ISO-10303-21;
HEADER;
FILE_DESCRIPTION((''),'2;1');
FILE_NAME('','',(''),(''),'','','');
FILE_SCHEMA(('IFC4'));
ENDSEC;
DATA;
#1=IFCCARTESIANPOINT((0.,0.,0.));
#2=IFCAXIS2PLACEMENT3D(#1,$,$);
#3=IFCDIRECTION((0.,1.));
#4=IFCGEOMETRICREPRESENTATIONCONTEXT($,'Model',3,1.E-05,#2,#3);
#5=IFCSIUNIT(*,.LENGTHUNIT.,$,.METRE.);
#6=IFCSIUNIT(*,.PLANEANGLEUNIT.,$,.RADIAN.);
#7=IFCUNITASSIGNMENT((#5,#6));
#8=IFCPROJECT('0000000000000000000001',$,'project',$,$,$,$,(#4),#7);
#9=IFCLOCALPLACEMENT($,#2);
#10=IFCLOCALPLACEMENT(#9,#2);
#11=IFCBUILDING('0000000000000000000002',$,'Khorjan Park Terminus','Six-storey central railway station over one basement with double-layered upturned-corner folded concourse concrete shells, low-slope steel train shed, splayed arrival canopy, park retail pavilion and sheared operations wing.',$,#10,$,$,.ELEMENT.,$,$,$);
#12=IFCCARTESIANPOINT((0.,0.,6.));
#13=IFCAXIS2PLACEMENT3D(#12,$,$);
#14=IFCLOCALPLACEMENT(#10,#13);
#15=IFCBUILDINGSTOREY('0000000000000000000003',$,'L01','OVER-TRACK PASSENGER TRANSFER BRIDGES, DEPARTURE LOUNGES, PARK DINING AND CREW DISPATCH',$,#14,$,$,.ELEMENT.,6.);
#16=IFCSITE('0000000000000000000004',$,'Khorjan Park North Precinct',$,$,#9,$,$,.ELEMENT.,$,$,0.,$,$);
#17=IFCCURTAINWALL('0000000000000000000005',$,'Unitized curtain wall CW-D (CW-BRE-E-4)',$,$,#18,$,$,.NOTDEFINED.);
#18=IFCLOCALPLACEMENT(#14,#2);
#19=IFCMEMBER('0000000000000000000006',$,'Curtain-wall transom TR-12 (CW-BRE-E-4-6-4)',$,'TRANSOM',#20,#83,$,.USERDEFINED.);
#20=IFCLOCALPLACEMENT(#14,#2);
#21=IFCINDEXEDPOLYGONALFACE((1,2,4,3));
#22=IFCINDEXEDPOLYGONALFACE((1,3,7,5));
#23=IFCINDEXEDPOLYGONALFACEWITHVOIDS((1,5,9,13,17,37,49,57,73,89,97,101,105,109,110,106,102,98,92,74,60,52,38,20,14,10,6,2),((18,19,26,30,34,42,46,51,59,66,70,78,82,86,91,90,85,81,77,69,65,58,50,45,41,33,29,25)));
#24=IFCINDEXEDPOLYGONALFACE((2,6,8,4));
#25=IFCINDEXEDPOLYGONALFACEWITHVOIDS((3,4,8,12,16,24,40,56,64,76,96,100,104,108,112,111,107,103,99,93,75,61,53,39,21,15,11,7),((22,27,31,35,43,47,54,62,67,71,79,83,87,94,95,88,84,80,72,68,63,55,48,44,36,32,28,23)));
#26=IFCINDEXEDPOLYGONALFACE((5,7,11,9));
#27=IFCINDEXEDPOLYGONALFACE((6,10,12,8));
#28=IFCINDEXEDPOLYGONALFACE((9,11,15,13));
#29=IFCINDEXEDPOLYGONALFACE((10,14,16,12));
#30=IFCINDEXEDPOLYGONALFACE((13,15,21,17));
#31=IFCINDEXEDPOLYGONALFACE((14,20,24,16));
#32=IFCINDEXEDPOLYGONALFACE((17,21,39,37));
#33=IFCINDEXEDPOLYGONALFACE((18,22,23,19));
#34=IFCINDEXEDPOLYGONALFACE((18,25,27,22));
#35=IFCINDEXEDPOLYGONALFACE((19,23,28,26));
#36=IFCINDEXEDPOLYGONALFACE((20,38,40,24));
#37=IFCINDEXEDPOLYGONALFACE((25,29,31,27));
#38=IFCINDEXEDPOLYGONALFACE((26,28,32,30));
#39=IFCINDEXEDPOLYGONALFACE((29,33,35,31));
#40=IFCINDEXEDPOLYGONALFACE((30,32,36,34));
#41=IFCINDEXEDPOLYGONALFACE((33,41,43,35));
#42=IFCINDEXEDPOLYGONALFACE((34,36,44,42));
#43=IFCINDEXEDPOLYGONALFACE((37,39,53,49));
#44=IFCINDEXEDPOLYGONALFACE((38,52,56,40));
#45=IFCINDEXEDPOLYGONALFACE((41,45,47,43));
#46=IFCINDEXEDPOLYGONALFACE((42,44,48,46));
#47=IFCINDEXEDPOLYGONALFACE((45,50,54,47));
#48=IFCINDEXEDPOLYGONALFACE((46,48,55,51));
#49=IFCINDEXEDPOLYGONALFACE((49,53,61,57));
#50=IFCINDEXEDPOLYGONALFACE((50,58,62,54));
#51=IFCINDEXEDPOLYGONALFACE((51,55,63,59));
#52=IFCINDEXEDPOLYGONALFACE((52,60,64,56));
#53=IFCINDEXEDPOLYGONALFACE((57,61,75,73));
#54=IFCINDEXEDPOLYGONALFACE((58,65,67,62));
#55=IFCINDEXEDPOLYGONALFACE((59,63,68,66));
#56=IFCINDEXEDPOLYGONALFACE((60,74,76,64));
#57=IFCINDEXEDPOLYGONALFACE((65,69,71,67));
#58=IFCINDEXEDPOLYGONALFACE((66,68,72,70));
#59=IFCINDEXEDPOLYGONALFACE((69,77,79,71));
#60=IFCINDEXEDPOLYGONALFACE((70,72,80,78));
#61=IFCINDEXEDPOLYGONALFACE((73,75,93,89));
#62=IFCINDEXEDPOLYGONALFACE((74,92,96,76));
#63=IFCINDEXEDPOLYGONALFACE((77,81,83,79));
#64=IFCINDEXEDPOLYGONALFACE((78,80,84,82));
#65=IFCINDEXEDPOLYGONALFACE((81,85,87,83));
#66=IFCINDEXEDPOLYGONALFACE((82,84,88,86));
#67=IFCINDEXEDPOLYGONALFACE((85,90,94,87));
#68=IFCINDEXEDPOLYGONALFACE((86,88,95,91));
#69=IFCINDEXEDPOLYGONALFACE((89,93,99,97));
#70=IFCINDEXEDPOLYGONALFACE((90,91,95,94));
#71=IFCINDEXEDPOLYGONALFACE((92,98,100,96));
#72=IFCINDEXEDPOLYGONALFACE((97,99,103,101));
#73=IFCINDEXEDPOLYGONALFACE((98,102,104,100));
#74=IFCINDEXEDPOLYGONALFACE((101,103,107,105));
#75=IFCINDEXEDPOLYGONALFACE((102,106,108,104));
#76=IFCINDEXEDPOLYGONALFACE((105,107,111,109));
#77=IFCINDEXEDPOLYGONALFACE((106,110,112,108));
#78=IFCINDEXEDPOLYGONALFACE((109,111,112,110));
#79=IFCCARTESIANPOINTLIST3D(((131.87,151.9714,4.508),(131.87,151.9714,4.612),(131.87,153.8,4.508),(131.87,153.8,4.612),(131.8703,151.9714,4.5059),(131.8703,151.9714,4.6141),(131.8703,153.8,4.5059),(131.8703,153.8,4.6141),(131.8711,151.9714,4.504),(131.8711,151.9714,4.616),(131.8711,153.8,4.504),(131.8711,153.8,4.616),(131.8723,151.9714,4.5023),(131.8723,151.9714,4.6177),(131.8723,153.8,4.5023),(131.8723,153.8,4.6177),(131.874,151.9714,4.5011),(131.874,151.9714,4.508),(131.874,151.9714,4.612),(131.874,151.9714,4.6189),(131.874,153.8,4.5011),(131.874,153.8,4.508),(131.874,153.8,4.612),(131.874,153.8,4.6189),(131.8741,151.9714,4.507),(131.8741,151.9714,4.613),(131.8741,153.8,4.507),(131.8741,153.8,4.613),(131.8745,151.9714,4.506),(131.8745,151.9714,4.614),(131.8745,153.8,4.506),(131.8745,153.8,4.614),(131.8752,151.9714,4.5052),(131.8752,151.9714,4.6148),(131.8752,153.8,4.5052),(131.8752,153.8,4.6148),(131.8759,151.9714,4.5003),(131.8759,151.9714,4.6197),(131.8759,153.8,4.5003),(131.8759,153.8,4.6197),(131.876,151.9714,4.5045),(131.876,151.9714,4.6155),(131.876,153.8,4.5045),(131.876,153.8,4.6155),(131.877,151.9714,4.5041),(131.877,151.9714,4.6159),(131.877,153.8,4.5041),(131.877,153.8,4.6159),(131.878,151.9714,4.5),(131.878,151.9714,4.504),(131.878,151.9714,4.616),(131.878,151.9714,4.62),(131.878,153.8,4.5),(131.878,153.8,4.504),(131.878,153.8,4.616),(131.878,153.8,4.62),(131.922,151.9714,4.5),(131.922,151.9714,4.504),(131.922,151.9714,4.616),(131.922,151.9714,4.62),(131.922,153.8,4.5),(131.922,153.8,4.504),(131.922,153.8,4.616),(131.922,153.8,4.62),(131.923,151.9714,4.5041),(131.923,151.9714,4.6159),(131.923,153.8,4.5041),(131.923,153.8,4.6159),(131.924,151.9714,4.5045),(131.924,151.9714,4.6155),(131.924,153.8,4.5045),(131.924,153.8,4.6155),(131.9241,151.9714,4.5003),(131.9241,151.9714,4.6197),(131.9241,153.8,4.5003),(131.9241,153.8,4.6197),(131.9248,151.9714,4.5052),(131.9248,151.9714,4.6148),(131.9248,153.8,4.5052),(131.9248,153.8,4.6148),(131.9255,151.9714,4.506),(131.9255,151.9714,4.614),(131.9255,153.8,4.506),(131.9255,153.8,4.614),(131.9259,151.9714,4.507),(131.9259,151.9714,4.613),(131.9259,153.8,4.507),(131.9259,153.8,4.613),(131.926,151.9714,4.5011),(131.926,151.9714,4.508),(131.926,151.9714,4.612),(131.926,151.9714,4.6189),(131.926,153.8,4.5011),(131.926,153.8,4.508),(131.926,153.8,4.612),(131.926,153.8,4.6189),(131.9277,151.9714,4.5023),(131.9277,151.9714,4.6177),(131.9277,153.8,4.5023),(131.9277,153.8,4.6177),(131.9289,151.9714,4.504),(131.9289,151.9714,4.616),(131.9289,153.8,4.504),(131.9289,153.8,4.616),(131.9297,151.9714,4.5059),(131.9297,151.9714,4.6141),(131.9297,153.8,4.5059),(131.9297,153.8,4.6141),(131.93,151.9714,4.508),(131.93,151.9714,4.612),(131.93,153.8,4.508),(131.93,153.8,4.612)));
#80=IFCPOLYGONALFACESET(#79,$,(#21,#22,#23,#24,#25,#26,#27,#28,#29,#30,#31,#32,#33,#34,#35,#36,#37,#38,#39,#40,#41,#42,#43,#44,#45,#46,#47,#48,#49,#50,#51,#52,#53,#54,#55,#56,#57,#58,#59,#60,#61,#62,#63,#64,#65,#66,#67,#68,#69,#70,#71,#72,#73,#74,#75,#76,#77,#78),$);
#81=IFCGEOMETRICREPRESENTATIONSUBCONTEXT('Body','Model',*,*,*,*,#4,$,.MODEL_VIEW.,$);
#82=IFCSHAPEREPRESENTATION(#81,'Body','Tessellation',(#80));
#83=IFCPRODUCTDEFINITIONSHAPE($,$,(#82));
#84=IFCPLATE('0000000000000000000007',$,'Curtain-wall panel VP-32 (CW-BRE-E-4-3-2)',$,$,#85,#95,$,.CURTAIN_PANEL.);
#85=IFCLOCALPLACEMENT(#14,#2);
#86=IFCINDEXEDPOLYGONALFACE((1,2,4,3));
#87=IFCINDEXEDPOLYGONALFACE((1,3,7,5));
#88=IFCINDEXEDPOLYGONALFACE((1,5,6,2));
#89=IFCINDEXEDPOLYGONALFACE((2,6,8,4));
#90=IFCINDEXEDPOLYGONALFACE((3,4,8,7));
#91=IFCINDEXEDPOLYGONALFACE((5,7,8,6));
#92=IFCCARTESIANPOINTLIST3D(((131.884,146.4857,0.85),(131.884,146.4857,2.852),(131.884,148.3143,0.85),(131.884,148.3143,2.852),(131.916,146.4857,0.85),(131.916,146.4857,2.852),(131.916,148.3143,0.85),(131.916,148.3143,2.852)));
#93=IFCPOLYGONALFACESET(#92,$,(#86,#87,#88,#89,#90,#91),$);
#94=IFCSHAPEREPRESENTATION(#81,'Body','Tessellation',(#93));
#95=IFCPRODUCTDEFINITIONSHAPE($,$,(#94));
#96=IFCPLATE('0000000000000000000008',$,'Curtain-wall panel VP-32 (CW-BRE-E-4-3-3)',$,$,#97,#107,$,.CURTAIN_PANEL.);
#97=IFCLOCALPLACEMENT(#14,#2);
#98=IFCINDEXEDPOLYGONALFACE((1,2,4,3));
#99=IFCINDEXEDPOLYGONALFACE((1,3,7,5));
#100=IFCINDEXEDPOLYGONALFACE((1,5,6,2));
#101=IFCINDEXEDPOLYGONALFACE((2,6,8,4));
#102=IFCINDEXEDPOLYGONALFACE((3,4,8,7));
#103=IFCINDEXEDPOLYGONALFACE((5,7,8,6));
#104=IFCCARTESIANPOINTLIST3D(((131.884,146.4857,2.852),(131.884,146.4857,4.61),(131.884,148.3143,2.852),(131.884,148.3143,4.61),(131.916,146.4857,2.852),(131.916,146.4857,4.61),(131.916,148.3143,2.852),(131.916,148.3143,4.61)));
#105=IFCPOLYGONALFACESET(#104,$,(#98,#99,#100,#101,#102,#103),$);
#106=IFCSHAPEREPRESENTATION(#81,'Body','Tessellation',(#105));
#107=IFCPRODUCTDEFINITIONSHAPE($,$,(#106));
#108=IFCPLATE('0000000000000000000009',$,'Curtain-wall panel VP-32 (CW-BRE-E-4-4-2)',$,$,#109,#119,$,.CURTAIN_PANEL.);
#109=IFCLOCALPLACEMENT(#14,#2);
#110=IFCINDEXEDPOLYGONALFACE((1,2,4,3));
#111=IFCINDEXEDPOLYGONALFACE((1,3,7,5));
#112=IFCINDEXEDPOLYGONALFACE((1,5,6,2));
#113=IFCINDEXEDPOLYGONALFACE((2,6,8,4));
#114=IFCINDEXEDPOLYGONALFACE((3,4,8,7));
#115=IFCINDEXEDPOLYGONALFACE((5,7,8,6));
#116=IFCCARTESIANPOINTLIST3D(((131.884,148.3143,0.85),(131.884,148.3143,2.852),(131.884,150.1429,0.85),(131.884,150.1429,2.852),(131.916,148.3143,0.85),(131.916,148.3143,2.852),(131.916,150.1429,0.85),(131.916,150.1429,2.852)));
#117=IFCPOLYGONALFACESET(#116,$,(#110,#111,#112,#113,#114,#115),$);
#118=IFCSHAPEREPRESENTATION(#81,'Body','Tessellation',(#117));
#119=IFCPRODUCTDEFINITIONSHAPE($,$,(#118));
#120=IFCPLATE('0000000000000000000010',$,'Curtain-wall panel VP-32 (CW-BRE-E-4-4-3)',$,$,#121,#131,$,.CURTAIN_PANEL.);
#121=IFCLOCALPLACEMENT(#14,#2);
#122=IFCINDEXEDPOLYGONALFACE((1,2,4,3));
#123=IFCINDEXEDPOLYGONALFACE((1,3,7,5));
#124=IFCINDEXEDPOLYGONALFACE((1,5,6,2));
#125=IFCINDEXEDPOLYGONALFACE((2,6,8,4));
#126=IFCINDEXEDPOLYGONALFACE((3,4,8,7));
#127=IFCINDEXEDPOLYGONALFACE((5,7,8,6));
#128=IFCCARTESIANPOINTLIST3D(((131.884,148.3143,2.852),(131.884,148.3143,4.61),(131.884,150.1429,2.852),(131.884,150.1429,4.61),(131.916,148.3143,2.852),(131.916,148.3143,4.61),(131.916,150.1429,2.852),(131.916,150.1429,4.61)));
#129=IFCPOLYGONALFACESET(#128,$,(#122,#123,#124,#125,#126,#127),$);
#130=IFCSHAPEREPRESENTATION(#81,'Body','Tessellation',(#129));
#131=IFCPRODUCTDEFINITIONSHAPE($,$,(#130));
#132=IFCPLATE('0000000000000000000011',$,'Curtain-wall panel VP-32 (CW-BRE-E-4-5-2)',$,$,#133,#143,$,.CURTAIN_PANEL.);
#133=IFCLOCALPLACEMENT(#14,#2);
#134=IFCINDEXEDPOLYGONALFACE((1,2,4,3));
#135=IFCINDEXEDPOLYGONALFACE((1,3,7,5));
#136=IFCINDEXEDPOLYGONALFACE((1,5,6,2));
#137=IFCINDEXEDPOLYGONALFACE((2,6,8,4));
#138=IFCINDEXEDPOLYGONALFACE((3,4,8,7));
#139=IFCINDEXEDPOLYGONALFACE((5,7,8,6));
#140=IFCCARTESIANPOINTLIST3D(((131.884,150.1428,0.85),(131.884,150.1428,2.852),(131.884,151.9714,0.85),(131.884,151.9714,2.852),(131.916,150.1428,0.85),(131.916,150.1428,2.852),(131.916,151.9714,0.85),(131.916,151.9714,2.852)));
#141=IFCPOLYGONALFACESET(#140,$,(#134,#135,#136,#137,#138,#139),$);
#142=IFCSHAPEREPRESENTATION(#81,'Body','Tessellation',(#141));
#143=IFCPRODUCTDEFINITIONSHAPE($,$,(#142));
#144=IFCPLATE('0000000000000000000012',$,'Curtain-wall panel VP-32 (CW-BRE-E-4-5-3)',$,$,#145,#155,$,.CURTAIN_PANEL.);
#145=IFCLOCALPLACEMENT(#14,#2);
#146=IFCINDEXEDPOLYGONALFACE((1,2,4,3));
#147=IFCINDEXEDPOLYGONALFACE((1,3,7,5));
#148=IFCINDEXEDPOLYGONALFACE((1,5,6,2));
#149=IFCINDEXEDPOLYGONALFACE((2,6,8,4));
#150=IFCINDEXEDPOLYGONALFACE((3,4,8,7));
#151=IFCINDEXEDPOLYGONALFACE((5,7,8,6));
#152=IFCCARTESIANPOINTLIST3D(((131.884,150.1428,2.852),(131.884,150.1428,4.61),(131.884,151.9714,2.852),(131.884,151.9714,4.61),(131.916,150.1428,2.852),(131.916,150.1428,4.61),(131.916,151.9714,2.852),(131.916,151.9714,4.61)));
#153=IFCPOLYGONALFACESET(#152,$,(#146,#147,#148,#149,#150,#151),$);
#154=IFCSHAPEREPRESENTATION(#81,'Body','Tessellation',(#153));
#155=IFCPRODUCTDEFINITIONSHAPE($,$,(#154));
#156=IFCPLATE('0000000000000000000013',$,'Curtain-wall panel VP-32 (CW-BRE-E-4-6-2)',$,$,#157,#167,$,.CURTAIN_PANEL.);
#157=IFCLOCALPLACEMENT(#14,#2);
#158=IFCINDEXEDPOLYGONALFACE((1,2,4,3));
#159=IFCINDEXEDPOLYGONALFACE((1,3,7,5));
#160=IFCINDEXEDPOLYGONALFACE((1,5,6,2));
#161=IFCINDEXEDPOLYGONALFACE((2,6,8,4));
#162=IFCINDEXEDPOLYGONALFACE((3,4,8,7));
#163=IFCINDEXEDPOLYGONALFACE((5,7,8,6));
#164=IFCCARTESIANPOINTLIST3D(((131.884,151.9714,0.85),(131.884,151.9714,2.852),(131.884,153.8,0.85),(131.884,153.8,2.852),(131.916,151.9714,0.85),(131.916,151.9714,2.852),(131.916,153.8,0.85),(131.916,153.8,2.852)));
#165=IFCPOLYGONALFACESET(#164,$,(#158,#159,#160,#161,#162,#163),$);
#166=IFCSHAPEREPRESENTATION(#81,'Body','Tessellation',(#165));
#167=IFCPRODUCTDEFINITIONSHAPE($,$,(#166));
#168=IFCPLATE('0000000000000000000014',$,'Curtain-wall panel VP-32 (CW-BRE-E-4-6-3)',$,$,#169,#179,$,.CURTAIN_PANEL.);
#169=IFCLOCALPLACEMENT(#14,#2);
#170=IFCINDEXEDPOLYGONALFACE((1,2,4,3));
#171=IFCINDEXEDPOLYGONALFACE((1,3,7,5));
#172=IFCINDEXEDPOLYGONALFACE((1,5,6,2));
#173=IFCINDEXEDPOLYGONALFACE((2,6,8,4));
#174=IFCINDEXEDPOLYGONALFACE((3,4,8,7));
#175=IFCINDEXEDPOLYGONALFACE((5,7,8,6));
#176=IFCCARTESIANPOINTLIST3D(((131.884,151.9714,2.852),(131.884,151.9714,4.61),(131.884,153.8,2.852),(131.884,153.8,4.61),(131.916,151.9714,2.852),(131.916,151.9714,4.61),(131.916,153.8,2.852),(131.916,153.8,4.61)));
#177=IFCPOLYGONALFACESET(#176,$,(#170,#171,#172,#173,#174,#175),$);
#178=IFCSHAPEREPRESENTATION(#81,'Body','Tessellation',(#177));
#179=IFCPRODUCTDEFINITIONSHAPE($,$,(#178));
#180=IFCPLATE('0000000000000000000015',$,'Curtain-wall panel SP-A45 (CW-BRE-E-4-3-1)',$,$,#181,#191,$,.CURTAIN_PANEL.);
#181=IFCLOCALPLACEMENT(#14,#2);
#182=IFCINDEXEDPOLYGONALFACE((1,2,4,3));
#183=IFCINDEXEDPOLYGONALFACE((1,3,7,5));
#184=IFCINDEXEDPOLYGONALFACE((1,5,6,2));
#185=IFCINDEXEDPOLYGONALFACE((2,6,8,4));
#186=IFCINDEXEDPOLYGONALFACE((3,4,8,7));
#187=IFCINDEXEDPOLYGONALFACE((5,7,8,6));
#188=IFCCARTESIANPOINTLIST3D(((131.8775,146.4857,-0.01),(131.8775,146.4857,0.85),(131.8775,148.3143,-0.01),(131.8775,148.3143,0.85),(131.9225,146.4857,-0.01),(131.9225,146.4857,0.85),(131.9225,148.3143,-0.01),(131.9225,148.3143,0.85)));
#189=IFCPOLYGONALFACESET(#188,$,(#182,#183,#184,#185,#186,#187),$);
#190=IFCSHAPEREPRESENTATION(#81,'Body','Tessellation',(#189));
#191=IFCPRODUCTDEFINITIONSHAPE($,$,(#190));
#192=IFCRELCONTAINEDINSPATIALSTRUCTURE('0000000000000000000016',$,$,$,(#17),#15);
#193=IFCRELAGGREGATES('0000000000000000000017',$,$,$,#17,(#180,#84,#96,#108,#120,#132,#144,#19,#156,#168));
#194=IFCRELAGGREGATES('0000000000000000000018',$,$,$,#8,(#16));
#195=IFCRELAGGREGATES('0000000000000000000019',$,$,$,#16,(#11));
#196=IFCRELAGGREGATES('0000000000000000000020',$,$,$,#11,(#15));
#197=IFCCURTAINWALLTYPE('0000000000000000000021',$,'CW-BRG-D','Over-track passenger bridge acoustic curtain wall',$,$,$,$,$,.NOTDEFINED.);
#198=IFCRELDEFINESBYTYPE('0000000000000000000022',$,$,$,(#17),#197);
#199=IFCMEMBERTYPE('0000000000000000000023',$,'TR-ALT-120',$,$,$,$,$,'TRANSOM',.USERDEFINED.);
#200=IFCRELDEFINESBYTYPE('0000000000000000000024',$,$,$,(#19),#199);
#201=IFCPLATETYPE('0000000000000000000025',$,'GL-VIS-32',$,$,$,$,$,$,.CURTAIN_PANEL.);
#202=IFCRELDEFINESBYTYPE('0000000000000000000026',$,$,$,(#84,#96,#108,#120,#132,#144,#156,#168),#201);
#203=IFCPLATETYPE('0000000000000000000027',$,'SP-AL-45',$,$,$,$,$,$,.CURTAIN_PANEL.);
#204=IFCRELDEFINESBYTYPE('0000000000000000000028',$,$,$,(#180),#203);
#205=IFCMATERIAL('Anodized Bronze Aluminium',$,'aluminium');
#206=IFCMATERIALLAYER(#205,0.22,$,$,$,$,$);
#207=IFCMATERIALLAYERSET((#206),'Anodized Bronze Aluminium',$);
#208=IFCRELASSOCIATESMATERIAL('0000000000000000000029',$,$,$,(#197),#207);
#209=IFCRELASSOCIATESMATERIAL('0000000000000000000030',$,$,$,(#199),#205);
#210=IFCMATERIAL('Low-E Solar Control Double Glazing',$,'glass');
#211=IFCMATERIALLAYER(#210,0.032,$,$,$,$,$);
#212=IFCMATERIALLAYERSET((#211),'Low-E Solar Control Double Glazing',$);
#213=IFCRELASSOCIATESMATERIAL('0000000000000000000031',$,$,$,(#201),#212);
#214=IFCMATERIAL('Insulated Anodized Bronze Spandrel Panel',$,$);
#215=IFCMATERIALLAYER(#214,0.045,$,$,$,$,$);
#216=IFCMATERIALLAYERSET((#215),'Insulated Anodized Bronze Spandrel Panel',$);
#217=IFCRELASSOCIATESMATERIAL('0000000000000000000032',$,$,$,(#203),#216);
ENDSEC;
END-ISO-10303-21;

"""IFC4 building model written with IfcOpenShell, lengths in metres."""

from ifc_helpers import new_model, si_unit, direction, frame, origin, origin_2d, place, context, subcontext, project, spatial, rectangle, hollow_rectangle, extrude, material, layer, layer_set, material_profile, profile_set, type_object, element, aggregate, save


model = new_model("IFC4")

# Units and contexts
model_context = context("Model", 3, precision=1e-05, world=origin(), true_north=direction((0.0, 1.0)))
body_context = subcontext(model_context, "Body", "Model", "MODEL_VIEW")
ifc_project = project(units=[si_unit("LENGTHUNIT", "METRE"), si_unit("PLANEANGLEUNIT", "RADIAN")], contexts=[model_context])

# Site, building, storey
site_placement = place(None, origin())
site = spatial("IfcSite", under=ifc_project, at=site_placement, Name="Khorjan Park North Precinct", CompositionType="ELEMENT", RefElevation=0.0)
building_placement = place(site_placement, origin())
building = spatial("IfcBuilding", under=site, at=building_placement, Name="Khorjan Park Terminus", Description="Six-storey central railway station over one basement with double-layered upturned-corner folded concourse concrete shells, low-slope steel train shed, splayed arrival canopy, park retail pavilion and sheared operations wing.", CompositionType="ELEMENT")
storey_placement = place(building_placement, frame((0.0, 0.0, 6.0)))
storey = spatial("IfcBuildingStorey", under=building, at=storey_placement, Name="L01", Description="OVER-TRACK PASSENGER TRANSFER BRIDGES, DEPARTURE LOUNGES, PARK DINING AND CREW DISPATCH", CompositionType="ELEMENT", Elevation=6.0)

# Curtain wall, member, plates
ifc_material_1 = material(Name="Anodized Bronze Aluminium", Category="aluminium")
ifc_layer_1 = layer(ifc_material_1, 0.22)
ifc_layer_set_1 = layer_set([ifc_layer_1], Name="Anodized Bronze Aluminium")
curtain_wall_type = type_object("IfcCurtainWallType", Name="CW-BRG-D", Description="Over-track passenger bridge acoustic curtain wall", PredefinedType="NOTDEFINED", material=ifc_layer_set_1)
curtain_wall_placement = place(storey_placement, origin())
curtain_wall = element("IfcCurtainWall", 1, at=curtain_wall_placement, inside=storey, type_object=curtain_wall_type, Name="Unitized curtain wall CW-D (CW-BRE-E-4)", PredefinedType="NOTDEFINED")
ifc_material_profile_1 = material_profile(ifc_material_1, hollow_rectangle(XDim=0.06, YDim=0.12, WallThickness=0.004, InnerFilletRadius=0.004, OuterFilletRadius=0.008, at=origin_2d()), Name="ALT 60x120x4")
ifc_profile_set_1 = profile_set([ifc_material_profile_1], Name="Anodized Bronze Aluminium")
member_type_1 = type_object("IfcMemberType", Name="TR-ALT-120", ElementType="TRANSOM", PredefinedType="USERDEFINED", material=ifc_profile_set_1)
member_1_placement = place(storey_placement, frame((131.9, 151.9714, 4.56), z_axis=(0.0, 1.0, 0.0), x_axis=(-1.0, 0.0, 0.0)))
member_1 = element("IfcMember", 2, at=member_1_placement, type_object=member_type_1, Name="Curtain-wall transom TR-12 (CW-BRE-E-4-6-4)", ObjectType="TRANSOM", PredefinedType="USERDEFINED", context=body_context, shape_type="SweptSolid", body=[
    extrude(hollow_rectangle(XDim=0.06, YDim=0.12, WallThickness=0.004, InnerFilletRadius=0.004, OuterFilletRadius=0.008, at=origin_2d()), origin(), (0.0, 0.0, 1.0), 1.8286),
])
ifc_material_2 = material(Name="Low-E Solar Control Double Glazing", Category="glass")
ifc_layer_2 = layer(ifc_material_2, 0.032)
ifc_layer_set_2 = layer_set([ifc_layer_2], Name="Low-E Solar Control Double Glazing")
plate_type_1 = type_object("IfcPlateType", Name="GL-VIS-32", PredefinedType="CURTAIN_PANEL", material=ifc_layer_set_2)
plate_1_placement = place(storey_placement, frame((131.9, 147.4, 0.85), z_axis=(0.0, 0.0, 1.0), x_axis=(0.0, 1.0, 0.0)))
plate_1 = element("IfcPlate", 3, at=plate_1_placement, type_object=plate_type_1, Name="Curtain-wall panel VP-32 (CW-BRE-E-4-3-2)", PredefinedType="CURTAIN_PANEL", context=body_context, shape_type="SweptSolid", body=[
    extrude(rectangle(XDim=1.8286, YDim=0.032, at=origin_2d()), origin(), (0.0, 0.0, 1.0), 2.002),
])
plate_2_placement = place(storey_placement, frame((131.9, 147.4, 2.852), z_axis=(0.0, 0.0, 1.0), x_axis=(0.0, 1.0, 0.0)))
plate_2 = element("IfcPlate", 4, at=plate_2_placement, type_object=plate_type_1, Name="Curtain-wall panel VP-32 (CW-BRE-E-4-3-3)", PredefinedType="CURTAIN_PANEL", context=body_context, shape_type="SweptSolid", body=[
    extrude(rectangle(XDim=1.8286, YDim=0.032, at=origin_2d()), origin(), (0.0, 0.0, 1.0), 1.758),
])
plate_3_placement = place(storey_placement, frame((131.9, 149.2286, 0.85), z_axis=(0.0, 0.0, 1.0), x_axis=(0.0, 1.0, 0.0)))
plate_3 = element("IfcPlate", 5, at=plate_3_placement, type_object=plate_type_1, Name="Curtain-wall panel VP-32 (CW-BRE-E-4-4-2)", PredefinedType="CURTAIN_PANEL", context=body_context, shape_type="SweptSolid", body=[
    extrude(rectangle(XDim=1.8286, YDim=0.032, at=origin_2d()), origin(), (0.0, 0.0, 1.0), 2.002),
])
plate_4_placement = place(storey_placement, frame((131.9, 149.2286, 2.852), z_axis=(0.0, 0.0, 1.0), x_axis=(0.0, 1.0, 0.0)))
plate_4 = element("IfcPlate", 6, at=plate_4_placement, type_object=plate_type_1, Name="Curtain-wall panel VP-32 (CW-BRE-E-4-4-3)", PredefinedType="CURTAIN_PANEL", context=body_context, shape_type="SweptSolid", body=[
    extrude(rectangle(XDim=1.8286, YDim=0.032, at=origin_2d()), origin(), (0.0, 0.0, 1.0), 1.758),
])
plate_5_placement = place(storey_placement, frame((131.9, 151.0571, 0.85), z_axis=(0.0, 0.0, 1.0), x_axis=(0.0, 1.0, 0.0)))
plate_5 = element("IfcPlate", 7, at=plate_5_placement, type_object=plate_type_1, Name="Curtain-wall panel VP-32 (CW-BRE-E-4-5-2)", PredefinedType="CURTAIN_PANEL", context=body_context, shape_type="SweptSolid", body=[
    extrude(rectangle(XDim=1.8286, YDim=0.032, at=origin_2d()), origin(), (0.0, 0.0, 1.0), 2.002),
])
plate_6_placement = place(storey_placement, frame((131.9, 151.0571, 2.852), z_axis=(0.0, 0.0, 1.0), x_axis=(0.0, 1.0, 0.0)))
plate_6 = element("IfcPlate", 8, at=plate_6_placement, type_object=plate_type_1, Name="Curtain-wall panel VP-32 (CW-BRE-E-4-5-3)", PredefinedType="CURTAIN_PANEL", context=body_context, shape_type="SweptSolid", body=[
    extrude(rectangle(XDim=1.8286, YDim=0.032, at=origin_2d()), origin(), (0.0, 0.0, 1.0), 1.758),
])
plate_7_placement = place(storey_placement, frame((131.9, 152.8857, 0.85), z_axis=(0.0, 0.0, 1.0), x_axis=(0.0, 1.0, 0.0)))
plate_7 = element("IfcPlate", 9, at=plate_7_placement, type_object=plate_type_1, Name="Curtain-wall panel VP-32 (CW-BRE-E-4-6-2)", PredefinedType="CURTAIN_PANEL", context=body_context, shape_type="SweptSolid", body=[
    extrude(rectangle(XDim=1.8286, YDim=0.032, at=origin_2d()), origin(), (0.0, 0.0, 1.0), 2.002),
])
plate_8_placement = place(storey_placement, frame((131.9, 152.8857, 2.852), z_axis=(0.0, 0.0, 1.0), x_axis=(0.0, 1.0, 0.0)))
plate_8 = element("IfcPlate", 10, at=plate_8_placement, type_object=plate_type_1, Name="Curtain-wall panel VP-32 (CW-BRE-E-4-6-3)", PredefinedType="CURTAIN_PANEL", context=body_context, shape_type="SweptSolid", body=[
    extrude(rectangle(XDim=1.8286, YDim=0.032, at=origin_2d()), origin(), (0.0, 0.0, 1.0), 1.758),
])
ifc_material_3 = material(Name="Insulated Anodized Bronze Spandrel Panel")
ifc_layer_3 = layer(ifc_material_3, 0.045)
ifc_layer_set_3 = layer_set([ifc_layer_3], Name="Insulated Anodized Bronze Spandrel Panel")
plate_type_2 = type_object("IfcPlateType", Name="SP-AL-45", PredefinedType="CURTAIN_PANEL", material=ifc_layer_set_3)
plate_9_placement = place(storey_placement, frame((131.9, 147.4, -0.01), z_axis=(0.0, 0.0, 1.0), x_axis=(0.0, 1.0, 0.0)))
plate_9 = element("IfcPlate", 11, at=plate_9_placement, type_object=plate_type_2, Name="Curtain-wall panel SP-A45 (CW-BRE-E-4-3-1)", PredefinedType="CURTAIN_PANEL", context=body_context, shape_type="SweptSolid", body=[
    extrude(rectangle(XDim=1.8286, YDim=0.045, at=origin_2d()), origin(), (0.0, 0.0, 1.0), 0.86),
])
aggregate(curtain_wall, [plate_9, plate_1, plate_2, plate_3, plate_4, plate_5, plate_6, member_1, plate_7, plate_8])

save(model, "model.ifc")
